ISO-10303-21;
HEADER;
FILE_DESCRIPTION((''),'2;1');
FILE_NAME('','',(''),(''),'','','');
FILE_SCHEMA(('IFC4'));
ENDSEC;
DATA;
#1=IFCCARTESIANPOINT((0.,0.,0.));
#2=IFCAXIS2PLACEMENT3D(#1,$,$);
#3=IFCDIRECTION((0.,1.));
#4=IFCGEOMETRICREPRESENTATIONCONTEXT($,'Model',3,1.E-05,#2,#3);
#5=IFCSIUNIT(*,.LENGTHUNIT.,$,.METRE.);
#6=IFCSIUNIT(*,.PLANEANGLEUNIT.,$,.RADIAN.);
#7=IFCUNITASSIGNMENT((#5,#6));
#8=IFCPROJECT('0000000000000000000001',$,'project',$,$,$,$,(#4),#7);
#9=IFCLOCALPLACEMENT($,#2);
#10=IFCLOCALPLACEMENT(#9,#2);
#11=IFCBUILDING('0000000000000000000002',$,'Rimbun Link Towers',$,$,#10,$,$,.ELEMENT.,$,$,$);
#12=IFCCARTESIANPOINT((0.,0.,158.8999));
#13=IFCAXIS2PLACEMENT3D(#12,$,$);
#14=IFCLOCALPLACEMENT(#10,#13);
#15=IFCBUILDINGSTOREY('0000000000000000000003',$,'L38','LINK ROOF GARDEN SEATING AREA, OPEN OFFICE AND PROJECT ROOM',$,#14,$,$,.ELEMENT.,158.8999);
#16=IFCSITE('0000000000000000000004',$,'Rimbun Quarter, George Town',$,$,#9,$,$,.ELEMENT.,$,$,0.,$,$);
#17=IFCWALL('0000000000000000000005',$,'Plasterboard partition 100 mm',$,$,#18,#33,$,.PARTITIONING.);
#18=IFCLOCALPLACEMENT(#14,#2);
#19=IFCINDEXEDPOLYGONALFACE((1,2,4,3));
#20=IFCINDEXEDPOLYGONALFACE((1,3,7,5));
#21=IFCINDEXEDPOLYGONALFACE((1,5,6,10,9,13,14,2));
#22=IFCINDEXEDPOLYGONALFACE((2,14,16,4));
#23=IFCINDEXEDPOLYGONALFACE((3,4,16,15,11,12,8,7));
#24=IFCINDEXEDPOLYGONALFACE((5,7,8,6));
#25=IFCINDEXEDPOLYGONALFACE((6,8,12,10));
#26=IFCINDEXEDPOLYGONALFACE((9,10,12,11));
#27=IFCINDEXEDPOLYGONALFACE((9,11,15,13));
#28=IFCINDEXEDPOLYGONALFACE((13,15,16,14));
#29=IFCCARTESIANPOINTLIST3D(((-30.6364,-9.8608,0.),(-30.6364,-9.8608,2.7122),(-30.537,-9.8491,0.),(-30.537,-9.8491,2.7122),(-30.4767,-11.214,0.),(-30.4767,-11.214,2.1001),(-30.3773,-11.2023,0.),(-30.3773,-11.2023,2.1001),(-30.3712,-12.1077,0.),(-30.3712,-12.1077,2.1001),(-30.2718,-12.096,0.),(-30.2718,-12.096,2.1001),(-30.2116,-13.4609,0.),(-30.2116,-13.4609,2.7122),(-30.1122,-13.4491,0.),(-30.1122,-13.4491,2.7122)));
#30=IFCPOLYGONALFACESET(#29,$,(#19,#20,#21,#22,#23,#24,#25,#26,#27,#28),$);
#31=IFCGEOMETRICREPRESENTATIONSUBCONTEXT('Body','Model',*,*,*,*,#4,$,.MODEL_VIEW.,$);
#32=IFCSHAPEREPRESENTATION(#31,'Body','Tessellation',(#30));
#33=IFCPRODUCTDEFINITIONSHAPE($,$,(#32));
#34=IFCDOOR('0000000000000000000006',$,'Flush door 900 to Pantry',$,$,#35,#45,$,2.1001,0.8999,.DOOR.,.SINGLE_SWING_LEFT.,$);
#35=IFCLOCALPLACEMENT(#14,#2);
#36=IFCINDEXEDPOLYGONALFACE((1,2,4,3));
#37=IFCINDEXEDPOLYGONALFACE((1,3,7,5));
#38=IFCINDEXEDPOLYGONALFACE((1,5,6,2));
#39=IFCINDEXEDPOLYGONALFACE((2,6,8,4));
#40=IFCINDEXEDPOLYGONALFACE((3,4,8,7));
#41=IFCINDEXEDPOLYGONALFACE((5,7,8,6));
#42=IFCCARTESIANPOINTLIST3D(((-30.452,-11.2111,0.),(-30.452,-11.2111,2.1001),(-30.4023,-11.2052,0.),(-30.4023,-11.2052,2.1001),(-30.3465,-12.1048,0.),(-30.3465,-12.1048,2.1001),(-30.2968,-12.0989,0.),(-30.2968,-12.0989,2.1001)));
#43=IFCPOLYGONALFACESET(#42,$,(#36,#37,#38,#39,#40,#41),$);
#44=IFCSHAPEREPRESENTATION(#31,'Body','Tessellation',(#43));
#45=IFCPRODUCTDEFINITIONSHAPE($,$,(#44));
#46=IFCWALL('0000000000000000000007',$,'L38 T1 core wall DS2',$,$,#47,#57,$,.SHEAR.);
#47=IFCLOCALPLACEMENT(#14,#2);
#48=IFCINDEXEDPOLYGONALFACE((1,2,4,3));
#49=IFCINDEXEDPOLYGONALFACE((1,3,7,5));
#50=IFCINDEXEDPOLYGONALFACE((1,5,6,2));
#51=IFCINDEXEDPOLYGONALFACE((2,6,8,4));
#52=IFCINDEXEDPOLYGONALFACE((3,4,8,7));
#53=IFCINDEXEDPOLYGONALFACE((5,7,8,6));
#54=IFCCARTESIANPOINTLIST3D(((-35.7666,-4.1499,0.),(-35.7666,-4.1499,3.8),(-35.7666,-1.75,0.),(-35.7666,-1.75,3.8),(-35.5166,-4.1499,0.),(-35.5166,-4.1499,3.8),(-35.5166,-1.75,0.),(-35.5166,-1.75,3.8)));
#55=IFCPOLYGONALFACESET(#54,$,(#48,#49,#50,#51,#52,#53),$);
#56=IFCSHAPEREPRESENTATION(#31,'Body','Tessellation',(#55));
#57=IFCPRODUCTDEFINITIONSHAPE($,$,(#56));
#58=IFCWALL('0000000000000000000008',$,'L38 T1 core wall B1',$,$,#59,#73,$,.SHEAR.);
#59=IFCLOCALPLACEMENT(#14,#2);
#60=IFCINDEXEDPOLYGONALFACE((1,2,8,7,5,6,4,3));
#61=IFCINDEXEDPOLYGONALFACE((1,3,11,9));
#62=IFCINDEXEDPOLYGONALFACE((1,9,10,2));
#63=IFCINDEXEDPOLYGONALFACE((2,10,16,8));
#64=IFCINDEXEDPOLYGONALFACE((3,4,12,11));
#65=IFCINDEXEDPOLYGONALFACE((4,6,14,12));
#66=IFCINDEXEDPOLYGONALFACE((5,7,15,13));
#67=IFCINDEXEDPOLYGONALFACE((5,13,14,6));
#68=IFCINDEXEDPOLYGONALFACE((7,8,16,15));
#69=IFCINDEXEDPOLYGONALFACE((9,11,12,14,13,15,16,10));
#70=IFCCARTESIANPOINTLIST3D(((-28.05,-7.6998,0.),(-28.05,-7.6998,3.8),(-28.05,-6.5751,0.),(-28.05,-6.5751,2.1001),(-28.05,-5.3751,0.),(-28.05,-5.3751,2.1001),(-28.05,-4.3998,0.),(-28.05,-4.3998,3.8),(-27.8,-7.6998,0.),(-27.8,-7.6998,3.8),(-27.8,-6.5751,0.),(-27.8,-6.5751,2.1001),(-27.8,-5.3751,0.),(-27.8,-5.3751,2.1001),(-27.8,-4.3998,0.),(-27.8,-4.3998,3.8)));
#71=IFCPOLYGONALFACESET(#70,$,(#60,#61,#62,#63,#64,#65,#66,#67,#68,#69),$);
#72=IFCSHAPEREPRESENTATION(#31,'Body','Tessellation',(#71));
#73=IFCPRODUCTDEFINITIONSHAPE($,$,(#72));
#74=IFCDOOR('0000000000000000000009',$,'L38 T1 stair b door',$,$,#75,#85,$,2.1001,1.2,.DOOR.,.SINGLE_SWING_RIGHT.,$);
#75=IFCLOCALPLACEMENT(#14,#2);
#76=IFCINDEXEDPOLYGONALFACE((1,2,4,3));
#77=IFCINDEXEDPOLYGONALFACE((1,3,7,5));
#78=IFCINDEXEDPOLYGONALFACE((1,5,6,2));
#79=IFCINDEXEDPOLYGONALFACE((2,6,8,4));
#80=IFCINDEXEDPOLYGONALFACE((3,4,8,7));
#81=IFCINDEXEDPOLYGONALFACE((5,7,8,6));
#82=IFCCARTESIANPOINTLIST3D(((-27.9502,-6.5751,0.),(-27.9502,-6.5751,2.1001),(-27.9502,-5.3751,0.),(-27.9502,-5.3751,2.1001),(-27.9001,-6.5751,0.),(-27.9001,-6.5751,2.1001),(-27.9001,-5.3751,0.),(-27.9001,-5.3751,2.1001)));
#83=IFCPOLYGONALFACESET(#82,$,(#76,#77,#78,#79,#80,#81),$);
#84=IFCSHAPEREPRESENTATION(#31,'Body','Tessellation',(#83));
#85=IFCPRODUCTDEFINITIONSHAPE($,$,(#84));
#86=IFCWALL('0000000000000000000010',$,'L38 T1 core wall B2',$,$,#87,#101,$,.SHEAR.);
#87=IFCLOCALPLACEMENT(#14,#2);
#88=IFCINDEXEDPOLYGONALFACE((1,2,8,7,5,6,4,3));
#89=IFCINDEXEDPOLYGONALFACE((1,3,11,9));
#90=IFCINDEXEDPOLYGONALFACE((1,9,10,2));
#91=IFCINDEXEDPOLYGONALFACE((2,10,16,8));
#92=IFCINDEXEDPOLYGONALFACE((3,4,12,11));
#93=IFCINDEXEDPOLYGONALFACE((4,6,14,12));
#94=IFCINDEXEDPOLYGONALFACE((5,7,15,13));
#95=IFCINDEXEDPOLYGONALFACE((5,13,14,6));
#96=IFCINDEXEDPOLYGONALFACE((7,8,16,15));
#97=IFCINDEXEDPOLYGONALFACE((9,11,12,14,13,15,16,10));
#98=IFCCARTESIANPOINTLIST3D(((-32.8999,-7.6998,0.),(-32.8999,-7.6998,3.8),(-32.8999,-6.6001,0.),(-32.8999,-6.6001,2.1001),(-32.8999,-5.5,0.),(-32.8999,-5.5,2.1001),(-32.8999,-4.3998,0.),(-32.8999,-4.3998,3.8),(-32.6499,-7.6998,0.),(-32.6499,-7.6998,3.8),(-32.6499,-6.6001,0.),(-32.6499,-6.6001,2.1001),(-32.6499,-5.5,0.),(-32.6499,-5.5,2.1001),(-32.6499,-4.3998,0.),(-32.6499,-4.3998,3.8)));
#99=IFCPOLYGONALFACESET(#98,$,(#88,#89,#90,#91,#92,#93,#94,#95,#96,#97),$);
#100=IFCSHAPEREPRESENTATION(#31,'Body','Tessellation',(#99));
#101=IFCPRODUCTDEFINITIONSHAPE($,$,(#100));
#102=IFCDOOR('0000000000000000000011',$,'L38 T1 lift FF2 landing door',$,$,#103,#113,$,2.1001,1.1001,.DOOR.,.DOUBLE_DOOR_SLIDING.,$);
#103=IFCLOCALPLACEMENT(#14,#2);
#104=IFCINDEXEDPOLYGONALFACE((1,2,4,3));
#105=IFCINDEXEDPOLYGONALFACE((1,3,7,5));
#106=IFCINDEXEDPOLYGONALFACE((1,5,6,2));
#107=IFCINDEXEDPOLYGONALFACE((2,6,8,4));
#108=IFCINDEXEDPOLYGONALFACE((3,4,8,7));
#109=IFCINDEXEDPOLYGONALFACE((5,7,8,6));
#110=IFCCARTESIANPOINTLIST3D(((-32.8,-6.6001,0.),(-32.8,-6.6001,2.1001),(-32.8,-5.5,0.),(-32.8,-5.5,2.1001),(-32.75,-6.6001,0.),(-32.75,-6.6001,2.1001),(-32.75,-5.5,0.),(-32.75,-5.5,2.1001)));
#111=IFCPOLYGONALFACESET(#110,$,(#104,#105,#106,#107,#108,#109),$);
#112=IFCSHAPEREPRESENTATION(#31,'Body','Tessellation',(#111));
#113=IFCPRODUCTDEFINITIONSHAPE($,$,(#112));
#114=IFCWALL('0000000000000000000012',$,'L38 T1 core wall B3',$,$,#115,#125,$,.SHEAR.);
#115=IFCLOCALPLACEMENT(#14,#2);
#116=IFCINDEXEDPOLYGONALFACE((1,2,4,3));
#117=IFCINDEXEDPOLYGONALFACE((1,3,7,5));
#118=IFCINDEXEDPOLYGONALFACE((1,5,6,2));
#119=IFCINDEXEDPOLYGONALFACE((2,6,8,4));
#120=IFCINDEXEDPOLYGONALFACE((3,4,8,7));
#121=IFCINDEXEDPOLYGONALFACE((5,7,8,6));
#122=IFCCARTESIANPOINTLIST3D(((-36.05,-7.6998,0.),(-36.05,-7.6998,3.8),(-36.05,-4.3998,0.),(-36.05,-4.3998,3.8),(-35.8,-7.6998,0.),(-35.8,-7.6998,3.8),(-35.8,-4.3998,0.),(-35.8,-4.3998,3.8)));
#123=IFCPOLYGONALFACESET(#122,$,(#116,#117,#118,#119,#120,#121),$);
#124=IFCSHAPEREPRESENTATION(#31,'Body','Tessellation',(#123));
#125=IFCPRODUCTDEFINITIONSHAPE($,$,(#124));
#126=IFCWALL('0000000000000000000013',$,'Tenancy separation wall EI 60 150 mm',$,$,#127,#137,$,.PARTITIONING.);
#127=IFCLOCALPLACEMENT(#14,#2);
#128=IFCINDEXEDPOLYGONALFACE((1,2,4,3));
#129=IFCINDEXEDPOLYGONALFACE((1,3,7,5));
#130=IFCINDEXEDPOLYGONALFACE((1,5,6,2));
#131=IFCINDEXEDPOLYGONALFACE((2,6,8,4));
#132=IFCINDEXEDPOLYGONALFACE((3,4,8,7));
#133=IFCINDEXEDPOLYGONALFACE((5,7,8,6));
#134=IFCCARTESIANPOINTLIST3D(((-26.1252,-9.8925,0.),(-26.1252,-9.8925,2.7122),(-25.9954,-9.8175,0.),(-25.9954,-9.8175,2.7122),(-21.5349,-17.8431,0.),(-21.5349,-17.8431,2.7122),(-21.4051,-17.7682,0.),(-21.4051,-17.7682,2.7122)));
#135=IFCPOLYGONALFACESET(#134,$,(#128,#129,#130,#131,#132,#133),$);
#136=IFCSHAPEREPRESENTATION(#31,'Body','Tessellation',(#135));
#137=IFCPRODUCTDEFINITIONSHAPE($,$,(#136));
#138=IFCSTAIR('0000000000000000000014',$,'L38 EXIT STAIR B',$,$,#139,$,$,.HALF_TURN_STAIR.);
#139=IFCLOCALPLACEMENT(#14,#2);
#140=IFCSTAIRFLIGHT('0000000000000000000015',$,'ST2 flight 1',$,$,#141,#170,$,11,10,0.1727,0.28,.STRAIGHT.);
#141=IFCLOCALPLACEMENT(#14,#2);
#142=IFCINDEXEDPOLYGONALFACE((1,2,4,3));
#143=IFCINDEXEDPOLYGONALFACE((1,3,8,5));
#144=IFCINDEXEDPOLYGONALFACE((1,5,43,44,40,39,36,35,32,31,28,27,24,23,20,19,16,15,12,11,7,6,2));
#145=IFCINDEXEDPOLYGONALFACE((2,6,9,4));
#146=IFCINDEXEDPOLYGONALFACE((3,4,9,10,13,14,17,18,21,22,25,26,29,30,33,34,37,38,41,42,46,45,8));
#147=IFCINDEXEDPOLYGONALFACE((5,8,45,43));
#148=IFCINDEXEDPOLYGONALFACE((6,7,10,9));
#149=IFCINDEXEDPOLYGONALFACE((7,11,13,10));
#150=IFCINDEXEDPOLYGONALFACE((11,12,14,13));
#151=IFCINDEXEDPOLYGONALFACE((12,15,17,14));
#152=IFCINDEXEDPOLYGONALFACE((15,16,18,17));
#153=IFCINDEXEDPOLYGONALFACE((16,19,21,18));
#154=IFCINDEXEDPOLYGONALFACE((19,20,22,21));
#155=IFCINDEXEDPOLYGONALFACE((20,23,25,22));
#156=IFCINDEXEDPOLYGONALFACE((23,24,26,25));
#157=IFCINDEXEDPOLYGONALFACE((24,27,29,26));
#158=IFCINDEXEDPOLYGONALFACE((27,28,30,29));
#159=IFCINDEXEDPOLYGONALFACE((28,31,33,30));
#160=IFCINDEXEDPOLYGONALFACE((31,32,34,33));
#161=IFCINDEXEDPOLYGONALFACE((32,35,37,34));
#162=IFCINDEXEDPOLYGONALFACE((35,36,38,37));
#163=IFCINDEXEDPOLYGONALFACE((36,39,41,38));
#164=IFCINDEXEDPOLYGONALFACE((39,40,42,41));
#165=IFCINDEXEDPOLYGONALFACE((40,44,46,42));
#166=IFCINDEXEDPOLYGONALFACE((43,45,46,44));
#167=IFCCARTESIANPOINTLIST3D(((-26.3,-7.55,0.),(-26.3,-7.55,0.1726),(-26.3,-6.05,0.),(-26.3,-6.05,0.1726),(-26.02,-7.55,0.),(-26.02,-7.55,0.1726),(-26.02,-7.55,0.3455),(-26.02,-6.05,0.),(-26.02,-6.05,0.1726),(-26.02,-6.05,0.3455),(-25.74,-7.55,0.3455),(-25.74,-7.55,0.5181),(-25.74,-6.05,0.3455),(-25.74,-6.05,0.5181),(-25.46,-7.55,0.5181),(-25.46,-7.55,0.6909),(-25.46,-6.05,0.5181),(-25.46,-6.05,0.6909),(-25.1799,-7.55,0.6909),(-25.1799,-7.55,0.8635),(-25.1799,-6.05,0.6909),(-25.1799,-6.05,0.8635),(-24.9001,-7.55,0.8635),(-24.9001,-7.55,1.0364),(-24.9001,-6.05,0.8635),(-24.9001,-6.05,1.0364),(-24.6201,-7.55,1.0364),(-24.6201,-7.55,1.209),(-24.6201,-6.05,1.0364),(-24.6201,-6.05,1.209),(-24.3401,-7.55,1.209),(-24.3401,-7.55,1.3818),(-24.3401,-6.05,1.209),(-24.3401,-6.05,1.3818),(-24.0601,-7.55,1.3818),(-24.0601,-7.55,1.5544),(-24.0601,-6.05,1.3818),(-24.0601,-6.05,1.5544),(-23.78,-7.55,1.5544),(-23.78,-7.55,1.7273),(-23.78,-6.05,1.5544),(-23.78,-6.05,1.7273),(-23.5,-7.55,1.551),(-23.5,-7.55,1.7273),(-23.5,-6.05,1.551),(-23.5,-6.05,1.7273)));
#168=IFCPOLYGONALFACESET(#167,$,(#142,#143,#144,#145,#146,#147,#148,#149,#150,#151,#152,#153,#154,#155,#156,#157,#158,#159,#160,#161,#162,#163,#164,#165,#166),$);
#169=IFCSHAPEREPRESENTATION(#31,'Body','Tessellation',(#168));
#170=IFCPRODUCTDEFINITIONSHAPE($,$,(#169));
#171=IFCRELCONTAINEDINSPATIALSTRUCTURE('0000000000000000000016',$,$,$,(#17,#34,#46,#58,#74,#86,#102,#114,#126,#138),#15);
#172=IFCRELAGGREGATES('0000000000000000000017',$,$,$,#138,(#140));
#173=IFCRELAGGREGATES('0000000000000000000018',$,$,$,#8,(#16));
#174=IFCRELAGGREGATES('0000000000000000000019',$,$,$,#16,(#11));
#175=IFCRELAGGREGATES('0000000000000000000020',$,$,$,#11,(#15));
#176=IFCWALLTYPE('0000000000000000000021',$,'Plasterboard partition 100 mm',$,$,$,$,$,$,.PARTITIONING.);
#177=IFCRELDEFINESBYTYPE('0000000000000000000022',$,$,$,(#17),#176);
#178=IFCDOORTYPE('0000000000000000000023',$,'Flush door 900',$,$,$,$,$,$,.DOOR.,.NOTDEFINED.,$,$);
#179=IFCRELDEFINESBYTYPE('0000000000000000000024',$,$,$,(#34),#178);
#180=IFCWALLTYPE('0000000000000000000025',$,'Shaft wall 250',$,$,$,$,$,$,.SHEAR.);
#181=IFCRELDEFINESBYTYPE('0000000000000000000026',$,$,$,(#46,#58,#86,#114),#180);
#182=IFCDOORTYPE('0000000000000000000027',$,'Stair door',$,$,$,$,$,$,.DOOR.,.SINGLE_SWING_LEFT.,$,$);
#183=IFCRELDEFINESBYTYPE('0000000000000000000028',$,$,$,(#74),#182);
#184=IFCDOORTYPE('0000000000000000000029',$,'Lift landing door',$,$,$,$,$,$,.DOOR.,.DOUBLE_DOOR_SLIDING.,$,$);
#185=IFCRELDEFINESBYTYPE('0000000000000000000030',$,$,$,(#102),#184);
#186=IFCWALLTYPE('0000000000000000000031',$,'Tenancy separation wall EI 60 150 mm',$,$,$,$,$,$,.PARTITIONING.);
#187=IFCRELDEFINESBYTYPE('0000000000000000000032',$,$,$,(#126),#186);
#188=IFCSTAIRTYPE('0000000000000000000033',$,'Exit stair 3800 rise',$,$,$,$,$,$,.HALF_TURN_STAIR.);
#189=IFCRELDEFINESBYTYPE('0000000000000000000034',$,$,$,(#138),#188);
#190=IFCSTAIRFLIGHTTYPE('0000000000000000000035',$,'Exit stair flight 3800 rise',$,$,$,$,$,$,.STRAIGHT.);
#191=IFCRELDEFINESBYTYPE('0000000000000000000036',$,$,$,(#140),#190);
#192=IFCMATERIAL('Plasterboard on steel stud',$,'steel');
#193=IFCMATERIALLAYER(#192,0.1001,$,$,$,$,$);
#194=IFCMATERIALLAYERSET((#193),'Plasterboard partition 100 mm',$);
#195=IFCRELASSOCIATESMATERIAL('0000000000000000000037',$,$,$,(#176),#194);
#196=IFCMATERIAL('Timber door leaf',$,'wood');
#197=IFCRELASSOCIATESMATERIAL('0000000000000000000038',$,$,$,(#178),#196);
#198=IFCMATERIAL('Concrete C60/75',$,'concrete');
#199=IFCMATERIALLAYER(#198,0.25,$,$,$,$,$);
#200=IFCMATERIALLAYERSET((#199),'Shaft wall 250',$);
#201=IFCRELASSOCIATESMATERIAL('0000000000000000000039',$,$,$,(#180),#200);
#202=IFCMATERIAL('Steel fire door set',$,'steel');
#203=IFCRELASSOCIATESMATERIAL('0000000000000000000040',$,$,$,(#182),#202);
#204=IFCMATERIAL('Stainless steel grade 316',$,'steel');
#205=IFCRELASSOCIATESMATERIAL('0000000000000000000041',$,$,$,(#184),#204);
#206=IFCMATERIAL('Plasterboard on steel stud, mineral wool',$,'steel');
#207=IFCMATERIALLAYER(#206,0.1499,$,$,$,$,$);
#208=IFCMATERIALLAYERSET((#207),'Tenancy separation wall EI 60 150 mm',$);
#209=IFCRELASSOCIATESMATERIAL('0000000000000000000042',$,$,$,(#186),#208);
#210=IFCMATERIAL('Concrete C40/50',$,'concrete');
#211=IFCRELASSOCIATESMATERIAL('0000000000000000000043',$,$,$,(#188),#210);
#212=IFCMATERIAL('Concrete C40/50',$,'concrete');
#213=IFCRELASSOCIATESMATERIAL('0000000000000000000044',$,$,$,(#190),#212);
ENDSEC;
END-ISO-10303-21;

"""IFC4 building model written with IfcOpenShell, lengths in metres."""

from ifc_helpers import new_model, si_unit, direction, frame, frame_2d, origin, place, context, subcontext, project, spatial, polyline, rectangle, outline, extrude, material, layer, layer_set, type_object, element, fill, aggregate, save


model = new_model("IFC4")

# Units and contexts
model_context = context("Model", 3, precision=1e-05, world=origin(), true_north=direction((0.0, 1.0)))
body_context = subcontext(model_context, "Body", "Model", "MODEL_VIEW")
ifc_project = project(units=[si_unit("LENGTHUNIT", "METRE"), si_unit("PLANEANGLEUNIT", "RADIAN")], contexts=[model_context])

# Site, building, storey
site_placement = place(None, origin())
site = spatial("IfcSite", under=ifc_project, at=site_placement, Name="Rimbun Quarter, George Town", CompositionType="ELEMENT", RefElevation=0.0)
building_placement = place(site_placement, origin())
building = spatial("IfcBuilding", under=site, at=building_placement, Name="Rimbun Link Towers", CompositionType="ELEMENT")
storey_placement = place(building_placement, frame((0.0, 0.0, 158.8999)))
storey = spatial("IfcBuildingStorey", under=building, at=storey_placement, Name="L38", Description="LINK ROOF GARDEN SEATING AREA, OPEN OFFICE AND PROJECT ROOM", CompositionType="ELEMENT", Elevation=158.8999)

# Wall, opening, door
ifc_material_1 = material(Name="Plasterboard on steel stud", Category="steel")
ifc_layer_1 = layer(ifc_material_1, 0.1001)
ifc_layer_set_1 = layer_set([ifc_layer_1], Name="Plasterboard partition 100 mm")
wall_type_1 = type_object("IfcWallType", Name="Plasterboard partition 100 mm", PredefinedType="PARTITIONING", material=ifc_layer_set_1)
ifc_material_2 = material(Name="Timber door leaf", Category="wood")
door_type_1 = type_object("IfcDoorType", Name="Flush door 900", OperationType="NOTDEFINED", PredefinedType="DOOR", material=ifc_material_2)
wall_1_placement = place(storey_placement, frame((-30.5867, -9.855, 0.0), z_axis=(0.0, 0.0, 1.0), x_axis=(0.117185, -0.99311, 0.0)))
wall_1 = element("IfcWall", 1, at=wall_1_placement, inside=storey, type_object=wall_type_1, Name="Plasterboard partition 100 mm", PredefinedType="PARTITIONING", context=body_context, shape_type="SweptSolid", body=[
    extrude(rectangle(XDim=3.625, YDim=0.1001, at=frame_2d((1.8125, 0.0))), origin(), (0.0, 0.0, 1.0), 2.7122),
])
opening_1_placement = place(wall_1_placement, frame((1.3625, 0.0, 0.0)))
opening_1 = element("IfcOpeningElement", 2, at=opening_1_placement, cuts=wall_1, PredefinedType="OPENING", context=body_context, shape_type="SweptSolid", body=[
    extrude(rectangle(XDim=0.8999, YDim=2.1001, at=frame_2d((0.45, 1.05))), frame((0.0, 0.0601, 0.0), z_axis=(0.0, -1.0, 0.0), x_axis=(1.0, 0.0, 0.0)), (0.0, 0.0, 1.0), 0.1201),
])
door_1_placement = place(opening_1_placement, origin())
door_1 = element("IfcDoor", 3, at=door_1_placement, inside=storey, type_object=door_type_1, Name="Flush door 900 to Pantry", OperationType="SINGLE_SWING_LEFT", OverallHeight=2.1001, OverallWidth=0.8999, PredefinedType="DOOR", context=body_context, shape_type="SweptSolid", body=[
    extrude(rectangle(XDim=0.8999, YDim=2.1001, at=frame_2d((0.45, 1.05))), frame((0.0, 0.0249, 0.0), z_axis=(0.0, -1.0, 0.0), x_axis=(1.0, 0.0, 0.0)), (0.0, 0.0, 1.0), 0.05),
])
fill(opening_1, door_1)

# Wall
ifc_material_3 = material(Name="Concrete C60/75", Category="concrete")
ifc_layer_2 = layer(ifc_material_3, 0.25)
ifc_layer_set_2 = layer_set([ifc_layer_2], Name="Shaft wall 250")
wall_type_2 = type_object("IfcWallType", Name="Shaft wall 250", PredefinedType="SHEAR", material=ifc_layer_set_2)
wall_2_placement = place(storey_placement, frame((-35.6416, -4.1499, 0.0), z_axis=(0.0, 0.0, 1.0), x_axis=(0.0, 1.0, 0.0)))
element("IfcWall", 4, at=wall_2_placement, inside=storey, type_object=wall_type_2, Name="L38 T1 core wall DS2", PredefinedType="SHEAR", context=body_context, shape_type="SweptSolid", body=[
    extrude(rectangle(XDim=2.3999, YDim=0.25, at=frame_2d((1.2, 0.0))), origin(), (0.0, 0.0, 1.0), 3.8),
])

# Walls, openings, doors
wall_3_placement = place(storey_placement, frame((-27.925, -4.3999, 0.0), z_axis=(0.0, 0.0, 1.0), x_axis=(0.0, -1.0, 0.0)))
wall_3 = element("IfcWall", 5, at=wall_3_placement, inside=storey, type_object=wall_type_2, Name="L38 T1 core wall B1", PredefinedType="SHEAR", context=body_context, shape_type="SweptSolid", body=[
    extrude(rectangle(XDim=3.3, YDim=0.25, at=frame_2d((1.6499, 0.0))), origin(), (0.0, 0.0, 1.0), 3.8),
])
opening_2_placement = place(wall_3_placement, frame((0.9751, 0.0, 0.0)))
opening_2 = element("IfcOpeningElement", 6, at=opening_2_placement, cuts=wall_3, PredefinedType="OPENING", context=body_context, shape_type="SweptSolid", body=[
    extrude(rectangle(XDim=1.2, YDim=2.1001, at=frame_2d((0.6001, 1.05))), frame((0.0, 0.135, 0.0), z_axis=(0.0, -1.0, 0.0), x_axis=(1.0, 0.0, 0.0)), (0.0, 0.0, 1.0), 0.27),
])
ifc_material_4 = material(Name="Steel fire door set", Category="steel")
door_type_2 = type_object("IfcDoorType", Name="Stair door", OperationType="SINGLE_SWING_LEFT", PredefinedType="DOOR", material=ifc_material_4)
door_2_placement = place(opening_2_placement, origin())
door_2 = element("IfcDoor", 7, at=door_2_placement, inside=storey, type_object=door_type_2, Name="L38 T1 stair b door", OperationType="SINGLE_SWING_RIGHT", OverallHeight=2.1001, OverallWidth=1.2, PredefinedType="DOOR", context=body_context, shape_type="SweptSolid", body=[
    extrude(rectangle(XDim=1.2, YDim=2.1001, at=frame_2d((0.6001, 1.05))), frame((0.0, 0.0249, 0.0), z_axis=(0.0, -1.0, 0.0), x_axis=(1.0, 0.0, 0.0)), (0.0, 0.0, 1.0), 0.05),
])
fill(opening_2, door_2)
wall_4_placement = place(storey_placement, frame((-32.7749, -4.3999, 0.0), z_axis=(0.0, 0.0, 1.0), x_axis=(0.0, -1.0, 0.0)))
wall_4 = element("IfcWall", 8, at=wall_4_placement, inside=storey, type_object=wall_type_2, Name="L38 T1 core wall B2", PredefinedType="SHEAR", context=body_context, shape_type="SweptSolid", body=[
    extrude(rectangle(XDim=3.3, YDim=0.25, at=frame_2d((1.6499, 0.0))), origin(), (0.0, 0.0, 1.0), 3.8),
])
opening_3_placement = place(wall_4_placement, frame((1.1001, 0.0, 0.0)))
opening_3 = element("IfcOpeningElement", 9, at=opening_3_placement, cuts=wall_4, PredefinedType="OPENING", context=body_context, shape_type="SweptSolid", body=[
    extrude(rectangle(XDim=1.1001, YDim=2.1001, at=frame_2d((0.55, 1.05))), frame((0.0, 0.135, 0.0), z_axis=(0.0, -1.0, 0.0), x_axis=(1.0, 0.0, 0.0)), (0.0, 0.0, 1.0), 0.27),
])
ifc_material_5 = material(Name="Stainless steel grade 316", Category="steel")
door_type_3 = type_object("IfcDoorType", Name="Lift landing door", OperationType="DOUBLE_DOOR_SLIDING", PredefinedType="DOOR", material=ifc_material_5)
door_3_placement = place(opening_3_placement, origin())
door_3 = element("IfcDoor", 10, at=door_3_placement, inside=storey, type_object=door_type_3, Name="L38 T1 lift FF2 landing door", OperationType="DOUBLE_DOOR_SLIDING", OverallHeight=2.1001, OverallWidth=1.1001, PredefinedType="DOOR", context=body_context, shape_type="SweptSolid", body=[
    extrude(rectangle(XDim=1.1001, YDim=2.1001, at=frame_2d((0.55, 1.05))), frame((0.0, 0.0249, 0.0), z_axis=(0.0, -1.0, 0.0), x_axis=(1.0, 0.0, 0.0)), (0.0, 0.0, 1.0), 0.05),
])
fill(opening_3, door_3)

# Walls
wall_5_placement = place(storey_placement, frame((-35.925, -4.3999, 0.0), z_axis=(0.0, 0.0, 1.0), x_axis=(0.0, -1.0, 0.0)))
element("IfcWall", 11, at=wall_5_placement, inside=storey, type_object=wall_type_2, Name="L38 T1 core wall B3", PredefinedType="SHEAR", context=body_context, shape_type="SweptSolid", body=[
    extrude(rectangle(XDim=3.3, YDim=0.25, at=frame_2d((1.6499, 0.0))), origin(), (0.0, 0.0, 1.0), 3.8),
])
ifc_material_6 = material(Name="Plasterboard on steel stud, mineral wool", Category="steel")
ifc_layer_3 = layer(ifc_material_6, 0.1499)
ifc_layer_set_3 = layer_set([ifc_layer_3], Name="Tenancy separation wall EI 60 150 mm")
wall_type_3 = type_object("IfcWallType", Name="Tenancy separation wall EI 60 150 mm", PredefinedType="PARTITIONING", material=ifc_layer_set_3)
wall_6_placement = place(storey_placement, frame((-26.0603, -9.855, 0.0), z_axis=(0.0, 0.0, 1.0), x_axis=(0.5, -0.866025, 0.0)))
element("IfcWall", 12, at=wall_6_placement, inside=storey, type_object=wall_type_3, Name="Tenancy separation wall EI 60 150 mm", PredefinedType="PARTITIONING", context=body_context, shape_type="SweptSolid", body=[
    extrude(rectangle(XDim=9.1807, YDim=0.1499, at=frame_2d((4.5903, 0.0))), origin(), (0.0, 0.0, 1.0), 2.7122),
])

# Stair, stair flight
ifc_material_7 = material(Name="Concrete C40/50", Category="concrete")
stair_type = type_object("IfcStairType", Name="Exit stair 3800 rise", PredefinedType="HALF_TURN_STAIR", material=ifc_material_7)
stair_placement = place(storey_placement, origin())
stair = element("IfcStair", 13, at=stair_placement, inside=storey, type_object=stair_type, Name="L38 EXIT STAIR B", PredefinedType="HALF_TURN_STAIR")
ifc_material_8 = material(Name="Concrete C40/50", Category="concrete")
stair_flight_type = type_object("IfcStairFlightType", Name="Exit stair flight 3800 rise", PredefinedType="STRAIGHT", material=ifc_material_8)
stair_flight_1_placement = place(storey_placement, frame((-26.3, -6.8, 0.0), z_axis=(0.0, 0.0, 1.0), x_axis=(1.0, 0.0, 0.0)))
stair_flight_1 = element("IfcStairFlight", 14, at=stair_flight_1_placement, type_object=stair_flight_type, Name="ST2 flight 1", NumberOfRisers=11, NumberOfTreads=10, PredefinedType="STRAIGHT", RiserHeight=0.1727, TreadLength=0.28, context=body_context, shape_type="SweptSolid", body=[
    extrude(outline(polyline([(0.0, 0.0), (0.0, 0.1726), (0.28, 0.1726), (0.28, 0.3455), (0.5601, 0.3455), (0.5601, 0.5181), (0.8401, 0.5181), (0.8401, 0.6909), (1.1201, 0.6909), (1.1201, 0.8635), (1.3999, 0.8635), (1.3999, 1.0364), (1.6799, 1.0364), (1.6799, 1.209), (1.96, 1.209), (1.96, 1.3818), (2.24, 1.3818), (2.24, 1.5544), (2.52, 1.5544), (2.52, 1.7273), (2.8, 1.7273), (2.8, 1.8999), (2.8, 1.551), (0.28, 0.0), (0.0, 0.0)])), frame((0.0, 0.75, 0.0), z_axis=(0.0, -1.0, 0.0), x_axis=(1.0, 0.0, 0.0)), (0.0, 0.0, 1.0), 1.5),
])
aggregate(stair, [stair_flight_1])

save(model, "model.ifc")
